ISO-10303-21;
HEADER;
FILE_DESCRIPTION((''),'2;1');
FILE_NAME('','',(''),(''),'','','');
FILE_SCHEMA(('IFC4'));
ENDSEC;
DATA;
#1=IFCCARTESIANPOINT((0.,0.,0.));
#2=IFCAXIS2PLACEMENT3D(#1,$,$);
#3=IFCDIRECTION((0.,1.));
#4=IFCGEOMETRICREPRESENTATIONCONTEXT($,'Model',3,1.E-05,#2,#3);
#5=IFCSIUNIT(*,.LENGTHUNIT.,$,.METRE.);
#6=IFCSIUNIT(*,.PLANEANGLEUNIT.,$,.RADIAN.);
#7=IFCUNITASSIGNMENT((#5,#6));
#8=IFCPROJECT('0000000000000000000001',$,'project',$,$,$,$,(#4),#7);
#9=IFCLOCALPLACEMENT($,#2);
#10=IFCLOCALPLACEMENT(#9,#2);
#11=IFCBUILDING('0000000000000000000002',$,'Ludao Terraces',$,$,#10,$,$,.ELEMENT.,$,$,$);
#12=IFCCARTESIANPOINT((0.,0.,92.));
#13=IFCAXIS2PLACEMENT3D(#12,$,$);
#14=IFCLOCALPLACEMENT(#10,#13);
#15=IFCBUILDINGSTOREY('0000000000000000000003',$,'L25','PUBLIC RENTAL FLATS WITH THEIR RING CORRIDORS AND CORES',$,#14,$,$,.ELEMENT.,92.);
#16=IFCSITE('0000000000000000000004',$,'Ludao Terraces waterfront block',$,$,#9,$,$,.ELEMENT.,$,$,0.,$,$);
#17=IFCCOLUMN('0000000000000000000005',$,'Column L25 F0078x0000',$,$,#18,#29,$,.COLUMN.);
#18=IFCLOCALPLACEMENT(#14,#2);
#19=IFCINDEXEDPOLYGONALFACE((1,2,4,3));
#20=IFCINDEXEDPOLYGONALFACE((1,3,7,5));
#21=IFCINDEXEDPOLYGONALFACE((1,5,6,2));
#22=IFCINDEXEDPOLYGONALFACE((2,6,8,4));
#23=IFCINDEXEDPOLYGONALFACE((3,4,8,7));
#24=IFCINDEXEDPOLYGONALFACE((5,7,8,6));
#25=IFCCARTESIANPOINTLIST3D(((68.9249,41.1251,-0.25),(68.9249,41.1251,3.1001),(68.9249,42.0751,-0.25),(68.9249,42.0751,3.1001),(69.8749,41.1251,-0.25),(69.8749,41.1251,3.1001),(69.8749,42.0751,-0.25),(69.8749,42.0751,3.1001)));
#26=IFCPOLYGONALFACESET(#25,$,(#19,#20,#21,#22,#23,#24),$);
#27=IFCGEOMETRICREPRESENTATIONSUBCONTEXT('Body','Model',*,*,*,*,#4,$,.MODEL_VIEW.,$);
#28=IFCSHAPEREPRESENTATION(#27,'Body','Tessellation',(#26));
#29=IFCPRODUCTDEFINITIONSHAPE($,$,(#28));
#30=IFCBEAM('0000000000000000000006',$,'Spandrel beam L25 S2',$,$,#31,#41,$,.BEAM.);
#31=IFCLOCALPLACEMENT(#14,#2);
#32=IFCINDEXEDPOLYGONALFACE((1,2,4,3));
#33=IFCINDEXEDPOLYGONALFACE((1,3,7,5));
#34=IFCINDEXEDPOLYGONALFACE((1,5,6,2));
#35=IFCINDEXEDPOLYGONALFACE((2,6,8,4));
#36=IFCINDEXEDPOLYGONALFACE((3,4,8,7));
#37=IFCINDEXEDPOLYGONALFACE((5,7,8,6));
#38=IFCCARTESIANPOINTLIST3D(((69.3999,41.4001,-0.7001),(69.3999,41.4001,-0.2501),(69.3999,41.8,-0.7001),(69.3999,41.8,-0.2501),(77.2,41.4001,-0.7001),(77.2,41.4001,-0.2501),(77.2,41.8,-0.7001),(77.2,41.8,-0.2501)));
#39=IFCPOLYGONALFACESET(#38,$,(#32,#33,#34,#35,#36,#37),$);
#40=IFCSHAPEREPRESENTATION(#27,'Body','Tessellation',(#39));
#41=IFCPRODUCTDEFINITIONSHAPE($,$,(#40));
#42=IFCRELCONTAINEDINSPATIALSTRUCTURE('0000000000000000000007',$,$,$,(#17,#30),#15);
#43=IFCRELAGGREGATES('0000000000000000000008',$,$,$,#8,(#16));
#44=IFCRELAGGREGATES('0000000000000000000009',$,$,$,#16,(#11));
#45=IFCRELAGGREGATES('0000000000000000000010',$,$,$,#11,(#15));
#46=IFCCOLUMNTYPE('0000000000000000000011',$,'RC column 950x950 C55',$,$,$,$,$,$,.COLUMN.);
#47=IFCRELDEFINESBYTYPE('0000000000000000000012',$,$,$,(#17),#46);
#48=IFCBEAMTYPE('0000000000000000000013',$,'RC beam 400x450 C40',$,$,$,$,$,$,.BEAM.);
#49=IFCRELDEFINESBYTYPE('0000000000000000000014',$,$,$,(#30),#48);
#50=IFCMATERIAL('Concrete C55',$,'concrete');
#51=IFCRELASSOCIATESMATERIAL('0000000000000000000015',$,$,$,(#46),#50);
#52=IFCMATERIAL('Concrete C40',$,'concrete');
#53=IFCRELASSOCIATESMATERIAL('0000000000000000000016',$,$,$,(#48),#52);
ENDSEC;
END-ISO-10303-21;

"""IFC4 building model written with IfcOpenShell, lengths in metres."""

from ifc_helpers import new_model, si_unit, direction, frame, origin, origin_2d, place, context, subcontext, project, spatial, rectangle, extrude, material, material_profile, profile_set, type_object, element, save


model = new_model("IFC4")

# Units and contexts
model_context = context("Model", 3, precision=1e-05, world=origin(), true_north=direction((0.0, 1.0)))
body_context = subcontext(model_context, "Body", "Model", "MODEL_VIEW")
ifc_project = project(units=[si_unit("LENGTHUNIT", "METRE"), si_unit("PLANEANGLEUNIT", "RADIAN")], contexts=[model_context])

# Site, building, storey
site_placement = place(None, origin())
site = spatial("IfcSite", under=ifc_project, at=site_placement, Name="Ludao Terraces waterfront block", CompositionType="ELEMENT", RefElevation=0.0)
building_placement = place(site_placement, origin())
building = spatial("IfcBuilding", under=site, at=building_placement, Name="Ludao Terraces", CompositionType="ELEMENT")
storey_placement = place(building_placement, frame((0.0, 0.0, 92.0)))
storey = spatial("IfcBuildingStorey", under=building, at=storey_placement, Name="L25", Description="PUBLIC RENTAL FLATS WITH THEIR RING CORRIDORS AND CORES", CompositionType="ELEMENT", Elevation=92.0)

# Column
ifc_material_1 = material(Name="Concrete C55", Category="concrete")
ifc_material_profile_1 = material_profile(ifc_material_1, rectangle(XDim=0.95, YDim=0.95, at=origin_2d()), Name="950 X 950")
ifc_profile_set_1 = profile_set([ifc_material_profile_1], Name="Concrete C55")
column_type = type_object("IfcColumnType", Name="RC column 950x950 C55", PredefinedType="COLUMN", material=ifc_profile_set_1)
column_placement = place(storey_placement, frame((69.3999, 41.6001, -0.25), z_axis=(0.0, 0.0, 1.0), x_axis=(1.0, 0.0, 0.0)))
element("IfcColumn", 1, at=column_placement, inside=storey, type_object=column_type, Name="Column L25 F0078x0000", PredefinedType="COLUMN", context=body_context, shape_type="SweptSolid", body=[
    extrude(rectangle(XDim=0.95, YDim=0.95, at=origin_2d()), origin(), (0.0, 0.0, 1.0), 3.3501),
])

# Beam
ifc_material_2 = material(Name="Concrete C40", Category="concrete")
ifc_material_profile_2 = material_profile(ifc_material_2, rectangle(XDim=0.3999, YDim=0.45, at=origin_2d()), Name="400 X 450")
ifc_profile_set_2 = profile_set([ifc_material_profile_2], Name="Concrete C40")
beam_type = type_object("IfcBeamType", Name="RC beam 400x450 C40", PredefinedType="BEAM", material=ifc_profile_set_2)
beam_placement = place(storey_placement, frame((69.3999, 41.6001, -0.4751), z_axis=(1.0, 0.0, 0.0), x_axis=(0.0, 1.0, 0.0)))
element("IfcBeam", 2, at=beam_placement, inside=storey, type_object=beam_type, Name="Spandrel beam L25 S2", PredefinedType="BEAM", context=body_context, shape_type="SweptSolid", body=[
    extrude(rectangle(XDim=0.3999, YDim=0.45, at=origin_2d()), origin(), (0.0, 0.0, 1.0), 7.8),
])

save(model, "model.ifc")
